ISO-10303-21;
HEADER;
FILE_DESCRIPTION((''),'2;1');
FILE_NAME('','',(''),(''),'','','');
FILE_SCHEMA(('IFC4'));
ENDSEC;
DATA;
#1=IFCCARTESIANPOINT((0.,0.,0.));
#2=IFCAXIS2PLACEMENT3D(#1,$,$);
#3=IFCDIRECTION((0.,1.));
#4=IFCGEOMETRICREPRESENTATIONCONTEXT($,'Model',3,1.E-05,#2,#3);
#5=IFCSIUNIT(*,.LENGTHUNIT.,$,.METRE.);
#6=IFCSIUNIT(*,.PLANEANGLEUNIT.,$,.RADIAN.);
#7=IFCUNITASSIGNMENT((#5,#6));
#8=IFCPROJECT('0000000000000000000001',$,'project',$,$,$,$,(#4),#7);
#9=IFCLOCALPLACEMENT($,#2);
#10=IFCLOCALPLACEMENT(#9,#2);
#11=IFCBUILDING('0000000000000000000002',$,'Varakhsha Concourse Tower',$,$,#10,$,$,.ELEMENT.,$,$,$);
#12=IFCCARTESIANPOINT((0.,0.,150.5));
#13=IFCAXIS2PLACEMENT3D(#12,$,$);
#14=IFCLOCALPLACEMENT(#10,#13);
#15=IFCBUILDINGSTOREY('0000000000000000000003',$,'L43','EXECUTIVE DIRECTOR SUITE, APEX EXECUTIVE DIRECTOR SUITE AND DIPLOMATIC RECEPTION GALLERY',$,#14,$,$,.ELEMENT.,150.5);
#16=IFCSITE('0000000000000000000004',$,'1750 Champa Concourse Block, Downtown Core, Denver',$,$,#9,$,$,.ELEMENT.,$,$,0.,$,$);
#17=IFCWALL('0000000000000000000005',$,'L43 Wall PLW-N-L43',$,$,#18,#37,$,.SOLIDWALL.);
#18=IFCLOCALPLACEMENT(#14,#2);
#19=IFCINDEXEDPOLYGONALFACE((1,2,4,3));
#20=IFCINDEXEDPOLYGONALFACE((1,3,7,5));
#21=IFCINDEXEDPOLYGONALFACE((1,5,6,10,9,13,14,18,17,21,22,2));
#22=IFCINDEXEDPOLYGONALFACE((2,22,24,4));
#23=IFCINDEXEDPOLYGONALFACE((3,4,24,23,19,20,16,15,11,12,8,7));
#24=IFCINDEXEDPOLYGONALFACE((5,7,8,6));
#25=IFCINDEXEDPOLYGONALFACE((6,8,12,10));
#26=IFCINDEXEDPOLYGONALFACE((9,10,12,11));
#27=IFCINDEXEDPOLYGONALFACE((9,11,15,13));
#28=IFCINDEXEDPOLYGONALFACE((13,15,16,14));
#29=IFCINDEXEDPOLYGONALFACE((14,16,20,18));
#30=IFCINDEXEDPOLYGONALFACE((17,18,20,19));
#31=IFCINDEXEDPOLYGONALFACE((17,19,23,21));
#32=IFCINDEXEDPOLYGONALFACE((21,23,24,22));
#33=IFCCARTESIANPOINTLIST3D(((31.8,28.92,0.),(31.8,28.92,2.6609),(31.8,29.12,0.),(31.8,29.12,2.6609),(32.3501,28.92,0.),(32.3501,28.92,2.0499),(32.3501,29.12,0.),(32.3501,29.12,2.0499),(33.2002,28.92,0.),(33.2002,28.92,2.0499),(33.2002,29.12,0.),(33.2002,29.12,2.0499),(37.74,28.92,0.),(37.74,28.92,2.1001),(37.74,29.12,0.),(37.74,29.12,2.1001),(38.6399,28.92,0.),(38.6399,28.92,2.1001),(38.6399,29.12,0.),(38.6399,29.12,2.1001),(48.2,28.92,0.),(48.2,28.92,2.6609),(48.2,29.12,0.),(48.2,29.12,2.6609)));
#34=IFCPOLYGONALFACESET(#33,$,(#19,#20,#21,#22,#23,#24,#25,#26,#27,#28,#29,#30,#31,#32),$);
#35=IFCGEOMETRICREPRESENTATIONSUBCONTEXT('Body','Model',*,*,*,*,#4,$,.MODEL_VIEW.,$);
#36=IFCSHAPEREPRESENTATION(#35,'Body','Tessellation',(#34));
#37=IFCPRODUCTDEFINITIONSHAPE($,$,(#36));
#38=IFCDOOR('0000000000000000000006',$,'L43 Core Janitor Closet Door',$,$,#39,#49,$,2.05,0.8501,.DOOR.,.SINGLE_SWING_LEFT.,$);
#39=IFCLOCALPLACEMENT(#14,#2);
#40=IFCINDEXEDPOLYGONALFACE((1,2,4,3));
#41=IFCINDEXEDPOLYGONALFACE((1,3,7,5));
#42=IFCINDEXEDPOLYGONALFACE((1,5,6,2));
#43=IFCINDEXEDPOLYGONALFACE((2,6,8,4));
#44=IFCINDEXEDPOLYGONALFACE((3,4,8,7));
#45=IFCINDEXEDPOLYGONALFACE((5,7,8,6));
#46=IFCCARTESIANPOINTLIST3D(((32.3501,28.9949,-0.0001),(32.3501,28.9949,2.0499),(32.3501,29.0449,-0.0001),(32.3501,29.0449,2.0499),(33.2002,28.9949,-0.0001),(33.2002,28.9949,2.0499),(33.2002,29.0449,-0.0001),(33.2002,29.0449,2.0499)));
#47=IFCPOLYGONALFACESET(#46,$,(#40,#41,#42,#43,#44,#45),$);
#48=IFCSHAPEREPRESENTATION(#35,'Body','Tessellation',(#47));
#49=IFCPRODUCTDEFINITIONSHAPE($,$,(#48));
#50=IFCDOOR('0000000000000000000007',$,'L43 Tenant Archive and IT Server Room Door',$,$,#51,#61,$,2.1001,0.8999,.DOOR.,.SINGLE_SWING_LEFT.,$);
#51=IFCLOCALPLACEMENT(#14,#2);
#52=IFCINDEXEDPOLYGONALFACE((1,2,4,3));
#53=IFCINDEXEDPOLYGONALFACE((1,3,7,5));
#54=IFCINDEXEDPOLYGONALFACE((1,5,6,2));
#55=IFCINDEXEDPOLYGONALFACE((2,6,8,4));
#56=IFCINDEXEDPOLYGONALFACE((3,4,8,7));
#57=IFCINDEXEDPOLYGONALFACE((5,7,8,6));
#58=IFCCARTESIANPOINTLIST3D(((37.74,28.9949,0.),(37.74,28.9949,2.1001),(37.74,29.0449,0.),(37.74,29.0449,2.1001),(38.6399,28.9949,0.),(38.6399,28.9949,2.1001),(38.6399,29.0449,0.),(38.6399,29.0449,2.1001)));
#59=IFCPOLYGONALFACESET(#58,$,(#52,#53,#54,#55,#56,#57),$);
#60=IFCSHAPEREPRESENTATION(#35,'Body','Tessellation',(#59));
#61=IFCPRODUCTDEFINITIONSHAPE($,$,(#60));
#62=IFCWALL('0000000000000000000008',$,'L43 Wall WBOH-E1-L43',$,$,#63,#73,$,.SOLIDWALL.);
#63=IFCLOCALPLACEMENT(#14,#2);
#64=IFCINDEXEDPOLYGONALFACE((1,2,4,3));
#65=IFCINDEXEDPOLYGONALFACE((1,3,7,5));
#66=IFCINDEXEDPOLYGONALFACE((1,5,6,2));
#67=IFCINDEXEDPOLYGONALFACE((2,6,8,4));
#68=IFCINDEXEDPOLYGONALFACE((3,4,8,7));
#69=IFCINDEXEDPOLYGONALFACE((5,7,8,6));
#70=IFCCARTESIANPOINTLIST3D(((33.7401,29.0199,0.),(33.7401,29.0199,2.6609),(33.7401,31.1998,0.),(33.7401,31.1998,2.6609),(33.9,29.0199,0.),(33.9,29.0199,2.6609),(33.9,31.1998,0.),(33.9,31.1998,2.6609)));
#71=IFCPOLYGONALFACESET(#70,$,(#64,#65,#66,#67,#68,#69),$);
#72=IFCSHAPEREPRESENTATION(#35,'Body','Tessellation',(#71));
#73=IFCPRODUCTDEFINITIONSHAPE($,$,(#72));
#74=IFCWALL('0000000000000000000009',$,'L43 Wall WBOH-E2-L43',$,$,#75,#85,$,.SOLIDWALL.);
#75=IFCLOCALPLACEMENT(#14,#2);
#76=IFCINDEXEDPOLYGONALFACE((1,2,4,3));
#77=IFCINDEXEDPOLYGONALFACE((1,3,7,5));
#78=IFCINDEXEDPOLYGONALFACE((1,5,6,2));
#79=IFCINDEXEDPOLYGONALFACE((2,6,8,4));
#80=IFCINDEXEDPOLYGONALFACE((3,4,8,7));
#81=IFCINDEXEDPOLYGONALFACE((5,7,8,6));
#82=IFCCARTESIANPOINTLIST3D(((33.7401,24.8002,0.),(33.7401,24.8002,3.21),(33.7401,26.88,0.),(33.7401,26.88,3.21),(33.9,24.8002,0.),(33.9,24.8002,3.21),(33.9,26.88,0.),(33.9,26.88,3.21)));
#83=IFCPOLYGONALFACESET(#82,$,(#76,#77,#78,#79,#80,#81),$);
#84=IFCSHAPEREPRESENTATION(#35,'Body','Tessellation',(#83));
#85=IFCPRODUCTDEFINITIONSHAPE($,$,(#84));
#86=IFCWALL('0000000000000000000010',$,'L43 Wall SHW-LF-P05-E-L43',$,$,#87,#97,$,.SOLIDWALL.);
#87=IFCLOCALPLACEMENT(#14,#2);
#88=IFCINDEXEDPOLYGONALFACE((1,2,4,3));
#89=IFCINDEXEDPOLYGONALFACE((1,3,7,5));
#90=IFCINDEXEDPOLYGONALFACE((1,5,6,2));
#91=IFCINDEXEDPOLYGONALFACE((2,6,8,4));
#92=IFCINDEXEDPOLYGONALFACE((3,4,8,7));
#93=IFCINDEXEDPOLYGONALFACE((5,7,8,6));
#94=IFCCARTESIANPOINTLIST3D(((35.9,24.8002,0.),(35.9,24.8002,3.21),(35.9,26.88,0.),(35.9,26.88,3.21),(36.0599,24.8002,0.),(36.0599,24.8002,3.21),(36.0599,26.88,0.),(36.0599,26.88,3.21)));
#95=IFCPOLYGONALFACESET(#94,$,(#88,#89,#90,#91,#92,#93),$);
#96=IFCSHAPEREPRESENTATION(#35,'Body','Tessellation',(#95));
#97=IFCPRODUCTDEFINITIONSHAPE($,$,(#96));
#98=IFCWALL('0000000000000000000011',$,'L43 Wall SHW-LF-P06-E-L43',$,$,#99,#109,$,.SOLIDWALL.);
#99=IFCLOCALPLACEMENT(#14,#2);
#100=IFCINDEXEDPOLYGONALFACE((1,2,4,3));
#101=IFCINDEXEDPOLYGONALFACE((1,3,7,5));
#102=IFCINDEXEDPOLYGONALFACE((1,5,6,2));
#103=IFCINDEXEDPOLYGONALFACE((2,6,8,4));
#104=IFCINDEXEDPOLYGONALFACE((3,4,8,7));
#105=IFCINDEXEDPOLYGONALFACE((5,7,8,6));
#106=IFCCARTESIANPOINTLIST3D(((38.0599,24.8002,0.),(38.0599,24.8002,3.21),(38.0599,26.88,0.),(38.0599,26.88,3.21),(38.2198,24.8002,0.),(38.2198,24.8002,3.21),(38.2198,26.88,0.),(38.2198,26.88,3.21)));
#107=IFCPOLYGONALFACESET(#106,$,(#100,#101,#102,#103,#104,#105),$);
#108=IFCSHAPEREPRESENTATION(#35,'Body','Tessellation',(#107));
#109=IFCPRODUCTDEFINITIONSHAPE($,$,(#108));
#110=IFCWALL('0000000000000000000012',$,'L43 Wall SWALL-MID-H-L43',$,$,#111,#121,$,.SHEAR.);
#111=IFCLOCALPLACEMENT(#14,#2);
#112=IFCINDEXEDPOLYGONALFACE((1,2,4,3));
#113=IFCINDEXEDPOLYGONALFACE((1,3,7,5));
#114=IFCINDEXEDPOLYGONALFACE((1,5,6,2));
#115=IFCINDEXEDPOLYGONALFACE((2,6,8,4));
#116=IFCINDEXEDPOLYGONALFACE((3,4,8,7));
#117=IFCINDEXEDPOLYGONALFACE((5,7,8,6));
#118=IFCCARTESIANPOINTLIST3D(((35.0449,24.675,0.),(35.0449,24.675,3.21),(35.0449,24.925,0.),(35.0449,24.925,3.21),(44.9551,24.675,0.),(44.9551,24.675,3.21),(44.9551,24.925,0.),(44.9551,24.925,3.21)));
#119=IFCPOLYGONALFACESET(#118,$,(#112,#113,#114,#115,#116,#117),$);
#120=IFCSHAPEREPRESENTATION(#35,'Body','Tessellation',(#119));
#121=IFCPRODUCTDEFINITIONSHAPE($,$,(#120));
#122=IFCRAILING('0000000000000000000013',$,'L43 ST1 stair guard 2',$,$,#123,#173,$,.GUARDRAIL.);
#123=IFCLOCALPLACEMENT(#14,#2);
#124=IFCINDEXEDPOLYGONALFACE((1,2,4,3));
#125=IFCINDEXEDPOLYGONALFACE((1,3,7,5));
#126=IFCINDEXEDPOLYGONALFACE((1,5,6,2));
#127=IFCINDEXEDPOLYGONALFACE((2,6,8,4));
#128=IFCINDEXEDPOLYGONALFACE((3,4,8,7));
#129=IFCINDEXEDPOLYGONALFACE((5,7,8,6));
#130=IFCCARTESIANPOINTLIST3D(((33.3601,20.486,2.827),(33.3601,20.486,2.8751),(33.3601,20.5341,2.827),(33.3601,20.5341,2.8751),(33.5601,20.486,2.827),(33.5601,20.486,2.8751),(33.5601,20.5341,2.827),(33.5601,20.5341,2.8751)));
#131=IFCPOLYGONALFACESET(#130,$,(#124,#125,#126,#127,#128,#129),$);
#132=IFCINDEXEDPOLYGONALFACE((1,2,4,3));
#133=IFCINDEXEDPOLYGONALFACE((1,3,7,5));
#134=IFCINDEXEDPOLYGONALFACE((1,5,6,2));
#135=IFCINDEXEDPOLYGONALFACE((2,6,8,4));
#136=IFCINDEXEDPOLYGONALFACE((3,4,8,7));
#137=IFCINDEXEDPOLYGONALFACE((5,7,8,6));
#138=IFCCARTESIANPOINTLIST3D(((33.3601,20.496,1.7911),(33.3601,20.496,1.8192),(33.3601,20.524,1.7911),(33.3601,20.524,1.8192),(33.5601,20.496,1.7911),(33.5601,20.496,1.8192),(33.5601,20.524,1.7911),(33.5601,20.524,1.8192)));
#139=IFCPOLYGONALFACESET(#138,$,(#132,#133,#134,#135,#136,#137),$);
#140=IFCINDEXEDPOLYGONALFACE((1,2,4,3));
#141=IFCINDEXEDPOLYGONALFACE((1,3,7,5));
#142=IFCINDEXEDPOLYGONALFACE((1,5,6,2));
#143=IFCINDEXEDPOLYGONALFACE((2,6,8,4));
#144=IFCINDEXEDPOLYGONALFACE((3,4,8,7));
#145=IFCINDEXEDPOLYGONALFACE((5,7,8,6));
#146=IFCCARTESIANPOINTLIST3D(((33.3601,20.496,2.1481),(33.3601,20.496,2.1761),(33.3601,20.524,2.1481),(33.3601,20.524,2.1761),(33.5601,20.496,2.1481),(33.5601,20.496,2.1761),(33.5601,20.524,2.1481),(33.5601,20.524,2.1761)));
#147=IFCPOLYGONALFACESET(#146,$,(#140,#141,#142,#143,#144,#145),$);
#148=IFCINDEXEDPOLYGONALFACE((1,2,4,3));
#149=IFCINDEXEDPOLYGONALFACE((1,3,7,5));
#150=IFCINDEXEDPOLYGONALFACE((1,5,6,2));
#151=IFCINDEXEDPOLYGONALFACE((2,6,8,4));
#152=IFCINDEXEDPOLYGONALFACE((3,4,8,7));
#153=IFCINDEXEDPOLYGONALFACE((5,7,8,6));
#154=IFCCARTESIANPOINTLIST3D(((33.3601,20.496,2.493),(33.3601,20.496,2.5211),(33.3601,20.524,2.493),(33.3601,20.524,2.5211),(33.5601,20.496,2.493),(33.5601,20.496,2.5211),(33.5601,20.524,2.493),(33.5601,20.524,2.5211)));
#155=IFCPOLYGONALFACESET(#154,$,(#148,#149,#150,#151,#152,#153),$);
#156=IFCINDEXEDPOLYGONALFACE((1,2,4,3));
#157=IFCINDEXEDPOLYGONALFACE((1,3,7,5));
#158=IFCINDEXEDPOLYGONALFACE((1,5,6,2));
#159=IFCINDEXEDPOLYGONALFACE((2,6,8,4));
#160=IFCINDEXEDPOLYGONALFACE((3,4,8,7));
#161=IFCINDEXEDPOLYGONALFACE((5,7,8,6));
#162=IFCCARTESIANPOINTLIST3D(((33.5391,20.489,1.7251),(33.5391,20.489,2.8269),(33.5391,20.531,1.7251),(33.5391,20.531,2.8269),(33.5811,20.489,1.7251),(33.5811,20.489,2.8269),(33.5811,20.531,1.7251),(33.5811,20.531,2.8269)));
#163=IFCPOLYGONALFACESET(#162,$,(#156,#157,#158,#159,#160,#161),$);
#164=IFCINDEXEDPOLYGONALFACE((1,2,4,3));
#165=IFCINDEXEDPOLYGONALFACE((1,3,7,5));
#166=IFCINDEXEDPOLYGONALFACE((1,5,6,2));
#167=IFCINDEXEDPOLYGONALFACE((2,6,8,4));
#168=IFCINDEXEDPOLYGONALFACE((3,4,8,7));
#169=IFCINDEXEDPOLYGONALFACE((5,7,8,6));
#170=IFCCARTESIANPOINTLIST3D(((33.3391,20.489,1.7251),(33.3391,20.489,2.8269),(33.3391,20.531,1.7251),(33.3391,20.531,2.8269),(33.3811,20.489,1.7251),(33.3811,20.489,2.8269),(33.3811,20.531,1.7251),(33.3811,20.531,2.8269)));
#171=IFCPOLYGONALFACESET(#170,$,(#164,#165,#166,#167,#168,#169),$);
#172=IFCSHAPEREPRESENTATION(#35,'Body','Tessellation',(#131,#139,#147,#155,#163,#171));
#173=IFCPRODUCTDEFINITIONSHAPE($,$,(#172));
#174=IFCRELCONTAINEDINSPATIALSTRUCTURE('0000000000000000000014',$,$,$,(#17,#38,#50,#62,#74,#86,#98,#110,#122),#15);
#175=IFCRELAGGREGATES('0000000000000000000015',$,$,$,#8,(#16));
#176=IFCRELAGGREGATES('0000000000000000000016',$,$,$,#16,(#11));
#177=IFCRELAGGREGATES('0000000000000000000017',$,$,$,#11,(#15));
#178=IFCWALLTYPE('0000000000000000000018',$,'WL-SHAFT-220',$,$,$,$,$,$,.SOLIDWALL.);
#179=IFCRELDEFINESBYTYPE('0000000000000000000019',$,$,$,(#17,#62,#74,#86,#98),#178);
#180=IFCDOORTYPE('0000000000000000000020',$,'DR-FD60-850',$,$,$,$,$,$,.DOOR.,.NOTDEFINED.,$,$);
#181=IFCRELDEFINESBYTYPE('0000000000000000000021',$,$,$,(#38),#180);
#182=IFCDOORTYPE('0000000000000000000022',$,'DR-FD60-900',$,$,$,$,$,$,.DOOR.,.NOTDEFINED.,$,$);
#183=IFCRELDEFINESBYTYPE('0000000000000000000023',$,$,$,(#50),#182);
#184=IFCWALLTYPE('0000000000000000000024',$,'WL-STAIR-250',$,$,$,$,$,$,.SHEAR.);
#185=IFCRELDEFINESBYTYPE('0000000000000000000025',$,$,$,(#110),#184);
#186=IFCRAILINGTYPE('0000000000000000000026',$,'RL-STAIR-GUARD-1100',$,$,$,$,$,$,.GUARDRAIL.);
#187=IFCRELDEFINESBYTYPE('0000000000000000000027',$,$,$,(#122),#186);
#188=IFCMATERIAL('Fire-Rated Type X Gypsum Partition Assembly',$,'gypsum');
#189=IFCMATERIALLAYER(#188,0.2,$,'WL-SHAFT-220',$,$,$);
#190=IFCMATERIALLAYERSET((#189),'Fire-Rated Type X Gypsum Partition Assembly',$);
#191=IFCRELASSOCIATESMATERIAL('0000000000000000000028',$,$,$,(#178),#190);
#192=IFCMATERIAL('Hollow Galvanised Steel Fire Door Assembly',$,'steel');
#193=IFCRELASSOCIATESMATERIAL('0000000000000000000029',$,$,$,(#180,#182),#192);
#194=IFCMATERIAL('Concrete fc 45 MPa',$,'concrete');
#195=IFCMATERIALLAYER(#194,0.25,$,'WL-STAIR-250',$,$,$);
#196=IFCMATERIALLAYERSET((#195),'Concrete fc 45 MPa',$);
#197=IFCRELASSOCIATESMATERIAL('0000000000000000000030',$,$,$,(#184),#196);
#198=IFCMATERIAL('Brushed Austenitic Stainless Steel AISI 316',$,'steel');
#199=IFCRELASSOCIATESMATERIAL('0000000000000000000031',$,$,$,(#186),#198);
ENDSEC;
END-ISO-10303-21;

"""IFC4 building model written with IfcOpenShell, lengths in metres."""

from ifc_helpers import new_model, si_unit, direction, frame, frame_2d, origin, origin_2d, place, context, subcontext, project, spatial, rectangle, extrude, material, layer, layer_set, type_object, element, fill, save


model = new_model("IFC4")

# Units and contexts
model_context = context("Model", 3, precision=1e-05, world=origin(), true_north=direction((0.0, 1.0)))
body_context = subcontext(model_context, "Body", "Model", "MODEL_VIEW")
ifc_project = project(units=[si_unit("LENGTHUNIT", "METRE"), si_unit("PLANEANGLEUNIT", "RADIAN")], contexts=[model_context])

# Site, building, storey
site_placement = place(None, origin())
site = spatial("IfcSite", under=ifc_project, at=site_placement, Name="1750 Champa Concourse Block, Downtown Core, Denver", CompositionType="ELEMENT", RefElevation=0.0)
building_placement = place(site_placement, origin())
building = spatial("IfcBuilding", under=site, at=building_placement, Name="Varakhsha Concourse Tower", CompositionType="ELEMENT")
storey_placement = place(building_placement, frame((0.0, 0.0, 150.5)))
storey = spatial("IfcBuildingStorey", under=building, at=storey_placement, Name="L43", Description="EXECUTIVE DIRECTOR SUITE, APEX EXECUTIVE DIRECTOR SUITE AND DIPLOMATIC RECEPTION GALLERY", CompositionType="ELEMENT", Elevation=150.5)

# Shared definitions
ifc_material_1 = material(Name="Fire-Rated Type X Gypsum Partition Assembly", Category="gypsum")
ifc_material_2 = material(Name="Hollow Galvanised Steel Fire Door Assembly", Category="steel")
ifc_layer_1 = layer(ifc_material_1, 0.2, Name="WL-SHAFT-220")
ifc_layer_set_1 = layer_set([ifc_layer_1], Name="Fire-Rated Type X Gypsum Partition Assembly")
wall_type_1 = type_object("IfcWallType", Name="WL-SHAFT-220", PredefinedType="SOLIDWALL", material=ifc_layer_set_1)
ifc_material_3 = material(Name="Brushed Austenitic Stainless Steel AISI 316", Category="steel")

# Wall, openings, doors
wall_1_placement = place(storey_placement, frame((31.8, 29.02, 0.0), z_axis=(0.0, 0.0, 1.0), x_axis=(1.0, 0.0, 0.0)))
wall_1 = element("IfcWall", 1, at=wall_1_placement, inside=storey, type_object=wall_type_1, Name="L43 Wall PLW-N-L43", PredefinedType="SOLIDWALL", context=body_context, shape_type="SweptSolid", body=[
    extrude(rectangle(XDim=16.3999, YDim=0.2, at=frame_2d((8.2, 0.0))), origin(), (0.0, 0.0, 1.0), 2.6609),
])
opening_1_placement = place(wall_1_placement, frame((0.55, 0.0, 0.0)))
opening_1 = element("IfcOpeningElement", 2, at=opening_1_placement, cuts=wall_1, PredefinedType="OPENING", context=body_context, shape_type="SweptSolid", body=[
    extrude(rectangle(XDim=0.8501, YDim=2.05, at=frame_2d((0.425, 1.0249))), frame((0.0, 0.1099, 0.0), z_axis=(0.0, -1.0, 0.0), x_axis=(1.0, 0.0, 0.0)), (0.0, 0.0, 1.0), 0.22),
])
opening_2_placement = place(wall_1_placement, frame((5.9399, 0.0, 0.0)))
opening_2 = element("IfcOpeningElement", 3, at=opening_2_placement, cuts=wall_1, PredefinedType="OPENING", context=body_context, shape_type="SweptSolid", body=[
    extrude(rectangle(XDim=0.8999, YDim=2.1001, at=frame_2d((0.45, 1.05))), frame((0.0, 0.1099, 0.0), z_axis=(0.0, -1.0, 0.0), x_axis=(1.0, 0.0, 0.0)), (0.0, 0.0, 1.0), 0.22),
])
door_type_1 = type_object("IfcDoorType", Name="DR-FD60-850", OperationType="NOTDEFINED", PredefinedType="DOOR", material=ifc_material_2)
door_1_placement = place(opening_1_placement, origin())
door_1 = element("IfcDoor", 4, at=door_1_placement, inside=storey, type_object=door_type_1, Name="L43 Core Janitor Closet Door", OperationType="SINGLE_SWING_LEFT", OverallHeight=2.05, OverallWidth=0.8501, PredefinedType="DOOR", context=body_context, shape_type="SweptSolid", body=[
    extrude(rectangle(XDim=0.8501, YDim=2.05, at=frame_2d((0.425, 1.0249))), frame((0.0, 0.0249, 0.0), z_axis=(0.0, -1.0, 0.0), x_axis=(1.0, 0.0, 0.0)), (0.0, 0.0, 1.0), 0.05),
])
fill(opening_1, door_1)
door_type_2 = type_object("IfcDoorType", Name="DR-FD60-900", OperationType="NOTDEFINED", PredefinedType="DOOR", material=ifc_material_2)
door_2_placement = place(opening_2_placement, origin())
door_2 = element("IfcDoor", 5, at=door_2_placement, inside=storey, type_object=door_type_2, Name="L43 Tenant Archive and IT Server Room Door", OperationType="SINGLE_SWING_LEFT", OverallHeight=2.1001, OverallWidth=0.8999, PredefinedType="DOOR", context=body_context, shape_type="SweptSolid", body=[
    extrude(rectangle(XDim=0.8999, YDim=2.1001, at=frame_2d((0.45, 1.05))), frame((0.0, 0.0249, 0.0), z_axis=(0.0, -1.0, 0.0), x_axis=(1.0, 0.0, 0.0)), (0.0, 0.0, 1.0), 0.05),
])
fill(opening_2, door_2)

# Walls
wall_2_placement = place(storey_placement, frame((33.8201, 29.02, 0.0), z_axis=(0.0, 0.0, 1.0), x_axis=(0.0, 1.0, 0.0)))
element("IfcWall", 6, at=wall_2_placement, inside=storey, type_object=wall_type_1, Name="L43 Wall WBOH-E1-L43", PredefinedType="SOLIDWALL", context=body_context, shape_type="SweptSolid", body=[
    extrude(rectangle(XDim=2.1799, YDim=0.1599, at=frame_2d((1.0898, 0.0))), origin(), (0.0, 0.0, 1.0), 2.6609),
])
for number, where, z_axis, x_axis, name in (
    (7, (33.8201, 24.8, 0.0), (0.0, 0.0, 1.0), (0.0, 1.0, 0.0), "L43 Wall WBOH-E2-L43"),
    (8, (35.98, 24.8, 0.0), (0.0, 0.0, 1.0), (0.0, 1.0, 0.0), "L43 Wall SHW-LF-P05-E-L43"),
    (9, (38.1399, 24.8, 0.0), (0.0, 0.0, 1.0), (0.0, 1.0, 0.0), "L43 Wall SHW-LF-P06-E-L43"),
):
    element("IfcWall", number, at=place(storey_placement, frame(where, z_axis=z_axis, x_axis=x_axis)), inside=storey, type_object=wall_type_1, Name=name, PredefinedType="SOLIDWALL", context=body_context, shape_type="SweptSolid", body=[
        extrude(rectangle(XDim=2.0798, YDim=0.1599, at=frame_2d((1.04, 0.0))), origin(), (0.0, 0.0, 1.0), 3.21),
    ])
ifc_material_4 = material(Name="Concrete fc 45 MPa", Category="concrete")
ifc_layer_2 = layer(ifc_material_4, 0.25, Name="WL-STAIR-250")
ifc_layer_set_2 = layer_set([ifc_layer_2], Name="Concrete fc 45 MPa")
wall_type_2 = type_object("IfcWallType", Name="WL-STAIR-250", PredefinedType="SHEAR", material=ifc_layer_set_2)
wall_3_placement = place(storey_placement, frame((35.0449, 24.8, 0.0), z_axis=(0.0, 0.0, 1.0), x_axis=(1.0, 0.0, 0.0)))
element("IfcWall", 10, at=wall_3_placement, inside=storey, type_object=wall_type_2, Name="L43 Wall SWALL-MID-H-L43", PredefinedType="SHEAR", context=body_context, shape_type="SweptSolid", body=[
    extrude(rectangle(XDim=9.9102, YDim=0.25, at=frame_2d((4.9551, 0.0))), origin(), (0.0, 0.0, 1.0), 3.21),
])

# Railing
railing_type = type_object("IfcRailingType", Name="RL-STAIR-GUARD-1100", PredefinedType="GUARDRAIL", material=ifc_material_3)
railing_placement = place(storey_placement, frame((33.5601, 20.51, 1.7251)))
element("IfcRailing", 11, at=railing_placement, inside=storey, type_object=railing_type, Name="L43 ST1 stair guard 2", PredefinedType="GUARDRAIL", context=body_context, shape_type="SweptSolid", body=[
    extrude(rectangle(XDim=0.0481, YDim=0.0481, at=origin_2d()), frame((0.0, 0.0, 1.126), z_axis=(-1.0, 0.0, 0.0), x_axis=(0.0, -1.0, 0.0)), (0.0, 0.0, 1.0), 0.2),
    extrude(rectangle(XDim=0.0281, YDim=0.0281, at=origin_2d()), frame((0.0, 0.0, 0.0801), z_axis=(-1.0, 0.0, 0.0), x_axis=(0.0, -1.0, 0.0)), (0.0, 0.0, 1.0), 0.2),
    extrude(rectangle(XDim=0.0281, YDim=0.0281, at=origin_2d()), frame((0.0, 0.0, 0.437), z_axis=(-1.0, 0.0, 0.0), x_axis=(0.0, -1.0, 0.0)), (0.0, 0.0, 1.0), 0.2),
    extrude(rectangle(XDim=0.0281, YDim=0.0281, at=origin_2d()), frame((0.0, 0.0, 0.782), z_axis=(-1.0, 0.0, 0.0), x_axis=(0.0, -1.0, 0.0)), (0.0, 0.0, 1.0), 0.2),
    extrude(rectangle(XDim=0.042, YDim=0.042, at=origin_2d()), origin(), (0.0, 0.0, 1.0), 1.1018),
    extrude(rectangle(XDim=0.042, YDim=0.042, at=origin_2d()), frame((-0.2, 0.0, 0.0)), (0.0, 0.0, 1.0), 1.1018),
])

save(model, "model.ifc")
